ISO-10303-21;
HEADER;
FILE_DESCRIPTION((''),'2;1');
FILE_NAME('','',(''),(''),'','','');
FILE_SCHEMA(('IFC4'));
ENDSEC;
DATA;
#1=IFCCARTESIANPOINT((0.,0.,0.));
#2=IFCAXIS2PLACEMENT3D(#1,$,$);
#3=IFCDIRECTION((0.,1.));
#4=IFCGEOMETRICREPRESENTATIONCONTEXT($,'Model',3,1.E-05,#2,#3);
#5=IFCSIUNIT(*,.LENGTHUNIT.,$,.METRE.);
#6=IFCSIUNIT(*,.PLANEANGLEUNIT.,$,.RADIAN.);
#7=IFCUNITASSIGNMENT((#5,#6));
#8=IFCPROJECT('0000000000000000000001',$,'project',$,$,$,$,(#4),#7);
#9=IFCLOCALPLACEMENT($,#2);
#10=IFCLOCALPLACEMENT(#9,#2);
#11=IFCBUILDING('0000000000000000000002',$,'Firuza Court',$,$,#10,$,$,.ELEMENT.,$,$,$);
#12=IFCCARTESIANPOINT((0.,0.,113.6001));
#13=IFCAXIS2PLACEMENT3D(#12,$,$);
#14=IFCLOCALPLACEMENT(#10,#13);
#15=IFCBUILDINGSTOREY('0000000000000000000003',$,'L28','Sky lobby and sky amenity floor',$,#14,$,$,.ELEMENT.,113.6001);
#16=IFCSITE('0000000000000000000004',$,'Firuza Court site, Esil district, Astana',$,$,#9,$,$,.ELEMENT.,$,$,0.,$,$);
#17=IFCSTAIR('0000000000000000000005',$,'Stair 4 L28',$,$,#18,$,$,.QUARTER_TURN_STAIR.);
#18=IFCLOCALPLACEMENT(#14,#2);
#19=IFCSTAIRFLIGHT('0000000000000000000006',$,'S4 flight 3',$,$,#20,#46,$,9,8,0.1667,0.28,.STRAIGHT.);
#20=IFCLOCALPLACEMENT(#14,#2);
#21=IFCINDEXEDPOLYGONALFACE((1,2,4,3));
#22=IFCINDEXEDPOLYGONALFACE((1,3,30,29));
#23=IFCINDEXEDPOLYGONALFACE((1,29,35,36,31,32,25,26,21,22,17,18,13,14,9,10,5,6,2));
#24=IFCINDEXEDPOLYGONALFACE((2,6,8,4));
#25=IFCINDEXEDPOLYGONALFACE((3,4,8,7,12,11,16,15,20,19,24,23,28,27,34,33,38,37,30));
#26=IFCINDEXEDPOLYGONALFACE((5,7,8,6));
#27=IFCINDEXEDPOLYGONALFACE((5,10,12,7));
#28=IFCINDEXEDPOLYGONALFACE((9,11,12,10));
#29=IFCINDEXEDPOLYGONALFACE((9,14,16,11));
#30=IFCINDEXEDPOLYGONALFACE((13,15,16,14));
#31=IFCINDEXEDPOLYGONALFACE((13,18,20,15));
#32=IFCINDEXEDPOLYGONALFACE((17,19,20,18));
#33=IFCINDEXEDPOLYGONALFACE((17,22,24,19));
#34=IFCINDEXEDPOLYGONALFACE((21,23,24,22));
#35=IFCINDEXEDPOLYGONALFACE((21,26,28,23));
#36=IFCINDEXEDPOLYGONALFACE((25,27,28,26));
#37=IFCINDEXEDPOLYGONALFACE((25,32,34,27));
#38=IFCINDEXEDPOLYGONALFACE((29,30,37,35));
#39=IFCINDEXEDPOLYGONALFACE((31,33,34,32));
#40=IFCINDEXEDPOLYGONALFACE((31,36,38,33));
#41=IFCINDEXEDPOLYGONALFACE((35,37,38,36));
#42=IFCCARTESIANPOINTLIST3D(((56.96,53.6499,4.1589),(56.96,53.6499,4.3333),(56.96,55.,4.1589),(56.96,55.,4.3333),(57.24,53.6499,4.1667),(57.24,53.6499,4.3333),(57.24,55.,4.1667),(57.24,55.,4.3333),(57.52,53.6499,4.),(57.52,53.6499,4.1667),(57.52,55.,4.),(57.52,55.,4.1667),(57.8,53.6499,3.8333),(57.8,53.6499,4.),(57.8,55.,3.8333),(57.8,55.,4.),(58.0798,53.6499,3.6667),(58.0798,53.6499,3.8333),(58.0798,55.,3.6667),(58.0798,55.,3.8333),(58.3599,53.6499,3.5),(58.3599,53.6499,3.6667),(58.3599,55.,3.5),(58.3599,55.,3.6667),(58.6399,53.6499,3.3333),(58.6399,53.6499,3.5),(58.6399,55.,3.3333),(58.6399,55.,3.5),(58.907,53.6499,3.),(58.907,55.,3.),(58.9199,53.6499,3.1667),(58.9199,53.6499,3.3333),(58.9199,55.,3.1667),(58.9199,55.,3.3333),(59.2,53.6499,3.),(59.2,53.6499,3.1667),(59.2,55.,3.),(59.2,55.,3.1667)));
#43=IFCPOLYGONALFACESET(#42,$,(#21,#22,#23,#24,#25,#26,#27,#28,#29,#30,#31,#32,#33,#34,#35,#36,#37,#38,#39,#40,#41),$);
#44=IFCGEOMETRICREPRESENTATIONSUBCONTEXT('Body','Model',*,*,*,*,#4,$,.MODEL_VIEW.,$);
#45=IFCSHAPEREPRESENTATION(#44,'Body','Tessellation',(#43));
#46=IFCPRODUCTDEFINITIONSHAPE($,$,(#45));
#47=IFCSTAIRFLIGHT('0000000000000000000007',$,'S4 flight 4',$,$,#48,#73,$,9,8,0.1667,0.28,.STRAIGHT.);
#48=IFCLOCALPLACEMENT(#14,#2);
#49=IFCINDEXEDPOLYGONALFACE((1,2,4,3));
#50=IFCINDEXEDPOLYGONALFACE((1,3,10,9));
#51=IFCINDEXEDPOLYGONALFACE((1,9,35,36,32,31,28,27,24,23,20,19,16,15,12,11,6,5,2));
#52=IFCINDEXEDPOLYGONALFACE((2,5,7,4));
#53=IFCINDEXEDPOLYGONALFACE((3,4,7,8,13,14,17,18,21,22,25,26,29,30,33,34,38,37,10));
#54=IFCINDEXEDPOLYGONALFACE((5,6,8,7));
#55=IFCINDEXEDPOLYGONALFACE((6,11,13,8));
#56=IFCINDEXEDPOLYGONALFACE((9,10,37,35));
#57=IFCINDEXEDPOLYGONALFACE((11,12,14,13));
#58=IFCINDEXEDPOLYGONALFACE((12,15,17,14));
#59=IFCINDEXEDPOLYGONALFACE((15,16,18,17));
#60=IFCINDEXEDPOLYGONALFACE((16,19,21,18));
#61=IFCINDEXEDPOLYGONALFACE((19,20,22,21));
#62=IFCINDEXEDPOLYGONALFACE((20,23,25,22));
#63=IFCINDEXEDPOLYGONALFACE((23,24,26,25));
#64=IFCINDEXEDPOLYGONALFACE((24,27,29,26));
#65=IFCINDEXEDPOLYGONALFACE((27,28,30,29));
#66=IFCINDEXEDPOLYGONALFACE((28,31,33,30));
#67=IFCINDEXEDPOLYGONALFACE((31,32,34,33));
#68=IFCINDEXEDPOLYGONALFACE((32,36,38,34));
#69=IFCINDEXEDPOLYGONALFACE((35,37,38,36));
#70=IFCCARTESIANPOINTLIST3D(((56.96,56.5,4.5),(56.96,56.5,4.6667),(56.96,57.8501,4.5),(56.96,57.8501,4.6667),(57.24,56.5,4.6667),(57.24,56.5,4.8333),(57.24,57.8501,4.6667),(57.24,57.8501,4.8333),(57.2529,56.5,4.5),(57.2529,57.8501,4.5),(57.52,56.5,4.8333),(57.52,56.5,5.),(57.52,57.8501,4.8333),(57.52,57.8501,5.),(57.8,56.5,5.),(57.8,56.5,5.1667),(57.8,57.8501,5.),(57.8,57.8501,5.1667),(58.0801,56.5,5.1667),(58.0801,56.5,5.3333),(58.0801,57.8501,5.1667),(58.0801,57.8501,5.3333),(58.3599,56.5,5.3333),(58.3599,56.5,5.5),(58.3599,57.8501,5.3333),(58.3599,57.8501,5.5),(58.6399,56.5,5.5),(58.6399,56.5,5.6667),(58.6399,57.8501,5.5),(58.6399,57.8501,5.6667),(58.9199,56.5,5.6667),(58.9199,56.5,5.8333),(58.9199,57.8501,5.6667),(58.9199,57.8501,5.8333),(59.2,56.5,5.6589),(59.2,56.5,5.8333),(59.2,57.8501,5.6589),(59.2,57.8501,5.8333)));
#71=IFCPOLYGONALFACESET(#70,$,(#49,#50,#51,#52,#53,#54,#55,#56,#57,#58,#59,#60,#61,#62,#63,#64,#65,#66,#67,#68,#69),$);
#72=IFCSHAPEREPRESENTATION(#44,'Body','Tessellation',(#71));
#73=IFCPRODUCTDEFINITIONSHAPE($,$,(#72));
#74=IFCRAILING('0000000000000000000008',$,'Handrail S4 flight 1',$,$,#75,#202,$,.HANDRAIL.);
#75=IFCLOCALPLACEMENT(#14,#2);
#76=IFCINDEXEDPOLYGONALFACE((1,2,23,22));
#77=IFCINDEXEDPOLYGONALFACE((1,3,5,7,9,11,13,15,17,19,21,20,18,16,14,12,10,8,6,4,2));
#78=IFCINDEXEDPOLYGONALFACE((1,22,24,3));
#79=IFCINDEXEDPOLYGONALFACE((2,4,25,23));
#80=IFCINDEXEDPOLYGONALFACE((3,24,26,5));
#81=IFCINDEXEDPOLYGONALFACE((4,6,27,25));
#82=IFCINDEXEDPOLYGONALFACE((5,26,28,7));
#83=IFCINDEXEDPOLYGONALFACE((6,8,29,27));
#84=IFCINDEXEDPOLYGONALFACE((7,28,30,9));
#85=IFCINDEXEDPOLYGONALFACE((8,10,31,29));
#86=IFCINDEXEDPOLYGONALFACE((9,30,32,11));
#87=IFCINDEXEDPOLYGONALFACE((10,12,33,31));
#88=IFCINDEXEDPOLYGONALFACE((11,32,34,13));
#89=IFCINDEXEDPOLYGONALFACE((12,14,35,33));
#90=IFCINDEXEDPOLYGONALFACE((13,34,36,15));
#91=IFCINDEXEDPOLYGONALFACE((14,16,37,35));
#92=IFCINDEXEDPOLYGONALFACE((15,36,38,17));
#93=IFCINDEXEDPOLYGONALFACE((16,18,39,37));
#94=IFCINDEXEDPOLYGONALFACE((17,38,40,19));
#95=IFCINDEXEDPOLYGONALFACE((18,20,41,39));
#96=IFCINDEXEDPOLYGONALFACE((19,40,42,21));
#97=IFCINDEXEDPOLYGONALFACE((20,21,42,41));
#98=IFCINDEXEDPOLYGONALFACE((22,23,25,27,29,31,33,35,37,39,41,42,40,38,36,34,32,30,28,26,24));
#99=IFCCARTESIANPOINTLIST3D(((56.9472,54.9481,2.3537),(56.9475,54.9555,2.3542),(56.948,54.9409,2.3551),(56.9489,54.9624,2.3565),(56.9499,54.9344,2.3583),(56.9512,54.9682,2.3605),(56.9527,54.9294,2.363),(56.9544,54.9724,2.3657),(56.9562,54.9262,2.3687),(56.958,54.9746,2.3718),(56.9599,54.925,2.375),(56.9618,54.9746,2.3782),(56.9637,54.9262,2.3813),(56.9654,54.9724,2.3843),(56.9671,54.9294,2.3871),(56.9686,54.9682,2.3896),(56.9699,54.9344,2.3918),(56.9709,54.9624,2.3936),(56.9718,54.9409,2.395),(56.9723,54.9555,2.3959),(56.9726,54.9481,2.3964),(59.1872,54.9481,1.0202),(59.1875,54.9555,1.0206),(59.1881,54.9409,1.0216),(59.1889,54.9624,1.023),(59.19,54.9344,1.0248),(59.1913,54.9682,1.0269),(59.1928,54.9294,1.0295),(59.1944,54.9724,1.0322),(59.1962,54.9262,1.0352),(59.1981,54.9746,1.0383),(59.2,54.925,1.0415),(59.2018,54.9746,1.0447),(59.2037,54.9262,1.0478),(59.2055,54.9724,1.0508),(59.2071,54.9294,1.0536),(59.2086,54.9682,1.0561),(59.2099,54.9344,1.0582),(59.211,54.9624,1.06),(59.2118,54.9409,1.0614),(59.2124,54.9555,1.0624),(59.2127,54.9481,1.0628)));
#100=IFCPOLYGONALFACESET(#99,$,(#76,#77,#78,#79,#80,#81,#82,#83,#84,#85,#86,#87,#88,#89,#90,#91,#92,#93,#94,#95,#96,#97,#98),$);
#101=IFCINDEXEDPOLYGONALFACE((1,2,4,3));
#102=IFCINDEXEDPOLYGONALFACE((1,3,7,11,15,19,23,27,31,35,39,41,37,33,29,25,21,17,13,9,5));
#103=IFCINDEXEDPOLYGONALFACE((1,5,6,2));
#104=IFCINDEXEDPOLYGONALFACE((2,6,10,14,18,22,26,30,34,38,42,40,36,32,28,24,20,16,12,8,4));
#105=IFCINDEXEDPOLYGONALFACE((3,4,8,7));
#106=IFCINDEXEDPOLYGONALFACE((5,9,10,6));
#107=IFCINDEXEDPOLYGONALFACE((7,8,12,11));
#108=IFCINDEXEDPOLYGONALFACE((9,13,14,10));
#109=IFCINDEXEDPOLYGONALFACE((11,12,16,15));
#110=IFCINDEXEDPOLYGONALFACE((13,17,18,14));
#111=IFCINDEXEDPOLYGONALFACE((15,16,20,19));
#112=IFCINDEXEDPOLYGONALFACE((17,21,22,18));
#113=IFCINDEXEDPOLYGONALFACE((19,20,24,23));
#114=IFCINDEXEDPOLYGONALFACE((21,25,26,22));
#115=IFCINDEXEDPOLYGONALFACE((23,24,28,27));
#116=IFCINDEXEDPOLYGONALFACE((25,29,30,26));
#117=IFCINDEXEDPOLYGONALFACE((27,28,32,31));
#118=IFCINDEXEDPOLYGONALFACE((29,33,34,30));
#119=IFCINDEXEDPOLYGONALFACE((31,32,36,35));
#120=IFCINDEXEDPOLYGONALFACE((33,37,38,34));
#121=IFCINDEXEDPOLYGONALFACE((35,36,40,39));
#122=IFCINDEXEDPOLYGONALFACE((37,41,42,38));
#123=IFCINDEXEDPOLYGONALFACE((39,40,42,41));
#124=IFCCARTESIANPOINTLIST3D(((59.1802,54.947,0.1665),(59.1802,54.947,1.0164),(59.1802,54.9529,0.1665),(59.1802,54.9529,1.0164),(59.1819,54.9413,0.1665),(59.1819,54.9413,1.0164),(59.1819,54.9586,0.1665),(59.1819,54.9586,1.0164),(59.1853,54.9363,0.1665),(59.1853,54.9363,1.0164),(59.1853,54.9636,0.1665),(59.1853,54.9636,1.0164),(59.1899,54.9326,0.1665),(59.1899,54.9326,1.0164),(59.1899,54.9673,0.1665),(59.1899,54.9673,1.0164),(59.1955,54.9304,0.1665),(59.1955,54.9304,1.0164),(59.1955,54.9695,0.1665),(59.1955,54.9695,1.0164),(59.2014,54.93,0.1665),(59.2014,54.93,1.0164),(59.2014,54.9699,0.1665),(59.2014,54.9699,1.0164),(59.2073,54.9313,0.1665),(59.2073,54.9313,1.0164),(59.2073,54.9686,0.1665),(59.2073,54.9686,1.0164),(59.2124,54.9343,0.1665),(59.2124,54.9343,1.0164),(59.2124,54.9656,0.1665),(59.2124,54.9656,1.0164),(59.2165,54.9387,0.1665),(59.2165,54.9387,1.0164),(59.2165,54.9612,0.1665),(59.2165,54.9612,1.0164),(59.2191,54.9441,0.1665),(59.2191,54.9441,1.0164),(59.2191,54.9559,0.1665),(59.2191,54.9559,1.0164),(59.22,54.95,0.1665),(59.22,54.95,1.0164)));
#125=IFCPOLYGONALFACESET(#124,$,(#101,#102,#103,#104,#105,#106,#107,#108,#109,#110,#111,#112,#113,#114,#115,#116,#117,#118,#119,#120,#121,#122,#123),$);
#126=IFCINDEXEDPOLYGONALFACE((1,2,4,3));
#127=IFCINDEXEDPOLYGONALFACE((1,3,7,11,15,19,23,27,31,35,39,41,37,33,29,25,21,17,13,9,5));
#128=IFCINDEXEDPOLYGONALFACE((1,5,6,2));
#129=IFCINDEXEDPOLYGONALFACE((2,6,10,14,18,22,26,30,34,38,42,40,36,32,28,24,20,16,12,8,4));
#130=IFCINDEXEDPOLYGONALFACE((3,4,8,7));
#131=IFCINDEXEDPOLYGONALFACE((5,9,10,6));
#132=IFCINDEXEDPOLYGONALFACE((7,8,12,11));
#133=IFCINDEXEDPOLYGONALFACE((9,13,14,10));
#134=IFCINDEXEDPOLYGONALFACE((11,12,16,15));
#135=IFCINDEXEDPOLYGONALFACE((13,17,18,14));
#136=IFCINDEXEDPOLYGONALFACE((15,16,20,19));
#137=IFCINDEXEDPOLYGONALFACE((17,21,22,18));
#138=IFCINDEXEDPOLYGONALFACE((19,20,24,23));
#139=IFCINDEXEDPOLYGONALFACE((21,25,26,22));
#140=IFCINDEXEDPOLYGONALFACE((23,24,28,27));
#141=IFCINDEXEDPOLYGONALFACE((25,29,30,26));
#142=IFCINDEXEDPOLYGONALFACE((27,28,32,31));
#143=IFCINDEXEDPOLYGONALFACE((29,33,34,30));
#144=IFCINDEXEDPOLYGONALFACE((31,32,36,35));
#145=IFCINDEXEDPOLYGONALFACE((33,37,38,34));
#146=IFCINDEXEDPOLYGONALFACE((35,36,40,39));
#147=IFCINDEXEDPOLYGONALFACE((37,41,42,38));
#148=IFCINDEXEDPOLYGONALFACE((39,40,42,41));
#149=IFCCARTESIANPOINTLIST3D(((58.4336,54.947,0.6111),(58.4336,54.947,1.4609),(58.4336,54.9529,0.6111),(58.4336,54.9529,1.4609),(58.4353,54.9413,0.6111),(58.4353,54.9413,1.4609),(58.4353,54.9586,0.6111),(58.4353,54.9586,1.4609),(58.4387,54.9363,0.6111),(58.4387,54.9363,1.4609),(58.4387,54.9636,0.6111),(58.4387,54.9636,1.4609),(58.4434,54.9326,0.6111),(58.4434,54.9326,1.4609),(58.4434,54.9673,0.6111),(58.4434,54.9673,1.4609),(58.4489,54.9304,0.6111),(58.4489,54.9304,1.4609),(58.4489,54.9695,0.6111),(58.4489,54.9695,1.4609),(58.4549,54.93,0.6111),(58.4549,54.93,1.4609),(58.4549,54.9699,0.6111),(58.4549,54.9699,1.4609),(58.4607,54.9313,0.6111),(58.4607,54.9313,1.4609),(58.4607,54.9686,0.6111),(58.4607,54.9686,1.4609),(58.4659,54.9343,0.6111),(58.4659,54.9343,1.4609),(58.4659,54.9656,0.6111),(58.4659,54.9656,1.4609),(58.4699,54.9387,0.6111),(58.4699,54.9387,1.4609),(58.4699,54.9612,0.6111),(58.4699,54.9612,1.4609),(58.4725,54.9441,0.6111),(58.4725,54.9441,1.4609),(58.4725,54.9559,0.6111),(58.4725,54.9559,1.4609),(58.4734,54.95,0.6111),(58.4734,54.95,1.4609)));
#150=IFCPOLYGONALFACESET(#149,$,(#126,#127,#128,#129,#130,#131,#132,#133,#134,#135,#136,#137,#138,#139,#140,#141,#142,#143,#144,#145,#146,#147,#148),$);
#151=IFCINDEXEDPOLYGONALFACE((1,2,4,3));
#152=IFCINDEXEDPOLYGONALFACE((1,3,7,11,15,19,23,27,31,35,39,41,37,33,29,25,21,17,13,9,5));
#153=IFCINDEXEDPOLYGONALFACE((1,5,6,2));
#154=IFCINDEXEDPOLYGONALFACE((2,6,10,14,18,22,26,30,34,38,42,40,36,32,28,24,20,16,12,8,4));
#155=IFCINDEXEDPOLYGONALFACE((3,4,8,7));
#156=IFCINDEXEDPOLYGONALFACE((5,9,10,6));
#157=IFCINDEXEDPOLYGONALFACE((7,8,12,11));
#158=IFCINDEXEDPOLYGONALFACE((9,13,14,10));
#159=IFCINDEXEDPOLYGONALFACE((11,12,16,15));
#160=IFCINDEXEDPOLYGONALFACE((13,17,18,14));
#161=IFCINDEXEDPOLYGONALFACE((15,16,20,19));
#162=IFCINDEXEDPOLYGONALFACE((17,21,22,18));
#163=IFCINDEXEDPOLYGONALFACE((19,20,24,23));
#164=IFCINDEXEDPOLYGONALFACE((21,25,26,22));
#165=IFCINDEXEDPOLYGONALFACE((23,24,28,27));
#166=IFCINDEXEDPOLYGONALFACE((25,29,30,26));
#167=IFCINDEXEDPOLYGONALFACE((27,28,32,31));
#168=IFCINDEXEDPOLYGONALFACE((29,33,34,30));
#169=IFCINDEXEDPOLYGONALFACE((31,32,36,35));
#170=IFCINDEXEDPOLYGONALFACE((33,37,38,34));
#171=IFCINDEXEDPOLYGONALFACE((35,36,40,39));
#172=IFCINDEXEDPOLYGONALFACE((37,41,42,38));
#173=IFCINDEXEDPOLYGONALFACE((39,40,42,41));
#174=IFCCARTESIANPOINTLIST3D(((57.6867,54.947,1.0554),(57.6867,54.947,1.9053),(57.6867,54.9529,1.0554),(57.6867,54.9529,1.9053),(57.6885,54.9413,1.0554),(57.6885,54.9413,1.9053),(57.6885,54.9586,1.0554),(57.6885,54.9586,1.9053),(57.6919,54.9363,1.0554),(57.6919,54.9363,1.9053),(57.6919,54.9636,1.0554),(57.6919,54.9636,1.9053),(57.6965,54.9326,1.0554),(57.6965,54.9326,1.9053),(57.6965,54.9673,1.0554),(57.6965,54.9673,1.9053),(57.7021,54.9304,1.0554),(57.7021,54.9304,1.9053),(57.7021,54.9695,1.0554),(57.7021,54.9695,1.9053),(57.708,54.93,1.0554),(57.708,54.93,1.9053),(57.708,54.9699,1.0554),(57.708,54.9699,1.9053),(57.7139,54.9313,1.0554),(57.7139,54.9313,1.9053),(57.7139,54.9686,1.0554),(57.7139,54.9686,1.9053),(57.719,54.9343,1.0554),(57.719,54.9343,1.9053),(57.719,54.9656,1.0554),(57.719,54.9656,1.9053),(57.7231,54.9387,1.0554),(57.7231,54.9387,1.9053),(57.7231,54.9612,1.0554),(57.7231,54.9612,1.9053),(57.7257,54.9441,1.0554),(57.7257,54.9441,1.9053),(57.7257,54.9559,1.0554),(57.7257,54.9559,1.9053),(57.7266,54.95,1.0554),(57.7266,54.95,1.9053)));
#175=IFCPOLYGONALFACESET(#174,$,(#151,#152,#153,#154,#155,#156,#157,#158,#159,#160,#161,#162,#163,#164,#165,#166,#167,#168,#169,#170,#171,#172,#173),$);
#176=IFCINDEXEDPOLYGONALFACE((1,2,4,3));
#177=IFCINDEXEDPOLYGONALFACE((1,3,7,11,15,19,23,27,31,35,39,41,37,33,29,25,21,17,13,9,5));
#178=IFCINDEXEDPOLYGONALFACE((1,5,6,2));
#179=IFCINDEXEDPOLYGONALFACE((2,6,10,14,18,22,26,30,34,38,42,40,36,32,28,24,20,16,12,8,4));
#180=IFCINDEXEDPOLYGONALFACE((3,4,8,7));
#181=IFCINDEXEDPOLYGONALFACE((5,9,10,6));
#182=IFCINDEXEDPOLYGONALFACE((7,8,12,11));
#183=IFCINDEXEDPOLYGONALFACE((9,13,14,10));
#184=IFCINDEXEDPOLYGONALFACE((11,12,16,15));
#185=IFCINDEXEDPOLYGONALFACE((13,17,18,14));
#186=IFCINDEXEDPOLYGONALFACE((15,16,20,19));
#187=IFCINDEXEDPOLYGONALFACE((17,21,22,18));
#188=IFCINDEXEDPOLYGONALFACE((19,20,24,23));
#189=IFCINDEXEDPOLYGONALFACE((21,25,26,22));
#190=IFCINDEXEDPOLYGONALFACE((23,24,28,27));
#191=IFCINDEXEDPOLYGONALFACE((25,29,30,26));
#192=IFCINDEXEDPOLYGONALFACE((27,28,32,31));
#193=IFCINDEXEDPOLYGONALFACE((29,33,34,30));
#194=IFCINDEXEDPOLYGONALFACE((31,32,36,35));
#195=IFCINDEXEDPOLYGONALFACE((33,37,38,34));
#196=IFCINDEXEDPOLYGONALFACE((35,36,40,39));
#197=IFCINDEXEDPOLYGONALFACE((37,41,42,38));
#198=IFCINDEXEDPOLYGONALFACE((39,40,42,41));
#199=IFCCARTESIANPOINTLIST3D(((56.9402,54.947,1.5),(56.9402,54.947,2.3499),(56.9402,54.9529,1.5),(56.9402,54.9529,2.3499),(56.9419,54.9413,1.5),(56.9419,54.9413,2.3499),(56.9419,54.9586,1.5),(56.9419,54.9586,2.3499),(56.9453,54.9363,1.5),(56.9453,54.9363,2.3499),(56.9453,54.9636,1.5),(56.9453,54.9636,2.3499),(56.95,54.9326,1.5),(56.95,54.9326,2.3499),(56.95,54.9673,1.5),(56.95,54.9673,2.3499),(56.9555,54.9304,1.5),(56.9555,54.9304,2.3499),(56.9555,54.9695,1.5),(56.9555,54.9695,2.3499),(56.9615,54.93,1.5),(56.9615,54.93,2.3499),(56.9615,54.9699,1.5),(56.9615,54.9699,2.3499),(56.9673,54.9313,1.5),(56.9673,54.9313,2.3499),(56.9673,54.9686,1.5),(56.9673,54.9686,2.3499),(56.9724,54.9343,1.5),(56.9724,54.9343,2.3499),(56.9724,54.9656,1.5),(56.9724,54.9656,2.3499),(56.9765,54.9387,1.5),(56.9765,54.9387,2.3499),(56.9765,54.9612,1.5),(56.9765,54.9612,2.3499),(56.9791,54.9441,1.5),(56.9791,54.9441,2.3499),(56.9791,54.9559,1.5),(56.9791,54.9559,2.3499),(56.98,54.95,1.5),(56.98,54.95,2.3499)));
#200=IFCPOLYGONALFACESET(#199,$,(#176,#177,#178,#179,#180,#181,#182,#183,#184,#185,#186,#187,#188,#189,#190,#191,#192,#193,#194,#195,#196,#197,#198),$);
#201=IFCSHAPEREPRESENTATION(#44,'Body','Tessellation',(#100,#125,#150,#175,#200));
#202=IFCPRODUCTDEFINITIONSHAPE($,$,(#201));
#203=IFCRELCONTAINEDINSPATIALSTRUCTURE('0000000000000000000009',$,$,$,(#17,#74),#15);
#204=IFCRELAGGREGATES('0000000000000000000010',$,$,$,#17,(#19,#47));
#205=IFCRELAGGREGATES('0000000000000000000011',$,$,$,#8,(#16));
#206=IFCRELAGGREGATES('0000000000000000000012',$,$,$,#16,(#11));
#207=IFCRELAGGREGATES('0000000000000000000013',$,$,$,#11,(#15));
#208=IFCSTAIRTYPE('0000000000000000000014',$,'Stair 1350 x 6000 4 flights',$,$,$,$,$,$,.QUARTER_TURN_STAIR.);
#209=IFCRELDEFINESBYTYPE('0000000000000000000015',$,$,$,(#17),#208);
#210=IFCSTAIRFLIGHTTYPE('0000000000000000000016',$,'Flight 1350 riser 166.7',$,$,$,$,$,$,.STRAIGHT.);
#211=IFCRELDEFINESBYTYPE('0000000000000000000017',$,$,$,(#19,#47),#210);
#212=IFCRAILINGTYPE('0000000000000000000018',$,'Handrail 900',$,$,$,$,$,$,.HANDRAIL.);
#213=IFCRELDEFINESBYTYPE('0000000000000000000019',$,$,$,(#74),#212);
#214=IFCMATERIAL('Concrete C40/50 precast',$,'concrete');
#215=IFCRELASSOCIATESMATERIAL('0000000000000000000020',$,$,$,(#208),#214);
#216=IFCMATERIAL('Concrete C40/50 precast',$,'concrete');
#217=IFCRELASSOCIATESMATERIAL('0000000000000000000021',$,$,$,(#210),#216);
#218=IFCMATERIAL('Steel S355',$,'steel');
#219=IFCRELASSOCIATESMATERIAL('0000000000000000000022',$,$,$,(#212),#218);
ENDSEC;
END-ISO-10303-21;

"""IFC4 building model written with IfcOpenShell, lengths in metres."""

from ifc_helpers import new_model, si_unit, direction, frame, origin, origin_2d, place, context, subcontext, project, spatial, polyline, circle, outline, extrude, material, type_object, element, aggregate, save


model = new_model("IFC4")

# Units and contexts
model_context = context("Model", 3, precision=1e-05, world=origin(), true_north=direction((0.0, 1.0)))
body_context = subcontext(model_context, "Body", "Model", "MODEL_VIEW")
ifc_project = project(units=[si_unit("LENGTHUNIT", "METRE"), si_unit("PLANEANGLEUNIT", "RADIAN")], contexts=[model_context])

# Site, building, storey
site_placement = place(None, origin())
site = spatial("IfcSite", under=ifc_project, at=site_placement, Name="Firuza Court site, Esil district, Astana", CompositionType="ELEMENT", RefElevation=0.0)
building_placement = place(site_placement, origin())
building = spatial("IfcBuilding", under=site, at=building_placement, Name="Firuza Court", CompositionType="ELEMENT")
storey_placement = place(building_placement, frame((0.0, 0.0, 113.6001)))
storey = spatial("IfcBuildingStorey", under=building, at=storey_placement, Name="L28", Description="Sky lobby and sky amenity floor", CompositionType="ELEMENT", Elevation=113.6001)

# Stair, stair flights
ifc_material_1 = material(Name="Concrete C40/50 precast", Category="concrete")
stair_type = type_object("IfcStairType", Name="Stair 1350 x 6000 4 flights", PredefinedType="QUARTER_TURN_STAIR", material=ifc_material_1)
stair_placement = place(storey_placement, origin())
stair = element("IfcStair", 1, at=stair_placement, inside=storey, type_object=stair_type, Name="Stair 4 L28", PredefinedType="QUARTER_TURN_STAIR")
ifc_material_2 = material(Name="Concrete C40/50 precast", Category="concrete")
stair_flight_type = type_object("IfcStairFlightType", Name="Flight 1350 riser 166.7", PredefinedType="STRAIGHT", material=ifc_material_2)
stair_flight_1_placement = place(storey_placement, frame((59.2, 54.325, 3.0), z_axis=(0.0, 0.0, 1.0), x_axis=(-1.0, 0.0, 0.0)))
stair_flight_1 = element("IfcStairFlight", 2, at=stair_flight_1_placement, type_object=stair_flight_type, Name="S4 flight 3", NumberOfRisers=9, NumberOfTreads=8, PredefinedType="STRAIGHT", RiserHeight=0.1667, TreadLength=0.28, context=body_context, shape_type="SweptSolid", body=[
    extrude(outline(polyline([(0.0, 0.0), (0.0, 0.1667), (0.28, 0.1667), (0.28, 0.3333), (0.5601, 0.3333), (0.5601, 0.5), (0.8401, 0.5), (0.8401, 0.6667), (1.1201, 0.6667), (1.1201, 0.8333), (1.3999, 0.8333), (1.3999, 1.0), (1.6799, 1.0), (1.6799, 1.1667), (1.96, 1.1667), (1.96, 1.3333), (2.24, 1.3333), (2.24, 1.5), (2.24, 1.1589), (0.293, 0.0), (0.0, 0.0)])), frame((0.0, 0.675, 0.0), z_axis=(0.0, -1.0, 0.0), x_axis=(1.0, 0.0, 0.0)), (0.0, 0.0, 1.0), 1.3501),
])
stair_flight_2_placement = place(storey_placement, frame((56.96, 57.175, 4.5), z_axis=(0.0, 0.0, 1.0), x_axis=(1.0, 0.0, 0.0)))
stair_flight_2 = element("IfcStairFlight", 3, at=stair_flight_2_placement, type_object=stair_flight_type, Name="S4 flight 4", NumberOfRisers=9, NumberOfTreads=8, PredefinedType="STRAIGHT", RiserHeight=0.1667, TreadLength=0.28, context=body_context, shape_type="SweptSolid", body=[
    extrude(outline(polyline([(0.0, 0.0), (0.0, 0.1667), (0.28, 0.1667), (0.28, 0.3333), (0.5601, 0.3333), (0.5601, 0.5), (0.8401, 0.5), (0.8401, 0.6667), (1.1201, 0.6667), (1.1201, 0.8333), (1.3999, 0.8333), (1.3999, 1.0), (1.6799, 1.0), (1.6799, 1.1667), (1.96, 1.1667), (1.96, 1.3333), (2.24, 1.3333), (2.24, 1.5), (2.24, 1.1589), (0.293, 0.0), (0.0, 0.0)])), frame((0.0, 0.675, 0.0), z_axis=(0.0, -1.0, 0.0), x_axis=(1.0, 0.0, 0.0)), (0.0, 0.0, 1.0), 1.3501),
])
aggregate(stair, [stair_flight_1, stair_flight_2])

# Railing
ifc_material_3 = material(Name="Steel S355", Category="steel")
railing_type_1 = type_object("IfcRailingType", Name="Handrail 900", PredefinedType="HANDRAIL", material=ifc_material_3)
railing_1_placement = place(storey_placement, frame((59.2, 54.95, 0.1665)))
element("IfcRailing", 4, at=railing_1_placement, inside=storey, type_object=railing_type_1, Name="Handrail S4 flight 1", PredefinedType="HANDRAIL", context=body_context, shape_type="SweptSolid", body=[
    extrude(circle(Radius=0.0249, at=origin_2d()), frame((0.0, 0.0, 0.875), z_axis=(-0.859264, 0.0, 0.511532), x_axis=(0.0, -1.0, 0.0)), (0.0, 0.0, 1.0), 2.6069),
    extrude(circle(Radius=0.02, at=origin_2d()), origin(), (0.0, 0.0, 1.0), 0.8499),
    extrude(circle(Radius=0.02, at=origin_2d()), frame((-0.7466, 0.0, 0.4446)), (0.0, 0.0, 1.0), 0.8499),
    extrude(circle(Radius=0.02, at=origin_2d()), frame((-1.4934, 0.0, 0.8889)), (0.0, 0.0, 1.0), 0.8499),
    extrude(circle(Radius=0.02, at=origin_2d()), frame((-2.24, 0.0, 1.3335)), (0.0, 0.0, 1.0), 0.8499),
])

save(model, "model.ifc")
